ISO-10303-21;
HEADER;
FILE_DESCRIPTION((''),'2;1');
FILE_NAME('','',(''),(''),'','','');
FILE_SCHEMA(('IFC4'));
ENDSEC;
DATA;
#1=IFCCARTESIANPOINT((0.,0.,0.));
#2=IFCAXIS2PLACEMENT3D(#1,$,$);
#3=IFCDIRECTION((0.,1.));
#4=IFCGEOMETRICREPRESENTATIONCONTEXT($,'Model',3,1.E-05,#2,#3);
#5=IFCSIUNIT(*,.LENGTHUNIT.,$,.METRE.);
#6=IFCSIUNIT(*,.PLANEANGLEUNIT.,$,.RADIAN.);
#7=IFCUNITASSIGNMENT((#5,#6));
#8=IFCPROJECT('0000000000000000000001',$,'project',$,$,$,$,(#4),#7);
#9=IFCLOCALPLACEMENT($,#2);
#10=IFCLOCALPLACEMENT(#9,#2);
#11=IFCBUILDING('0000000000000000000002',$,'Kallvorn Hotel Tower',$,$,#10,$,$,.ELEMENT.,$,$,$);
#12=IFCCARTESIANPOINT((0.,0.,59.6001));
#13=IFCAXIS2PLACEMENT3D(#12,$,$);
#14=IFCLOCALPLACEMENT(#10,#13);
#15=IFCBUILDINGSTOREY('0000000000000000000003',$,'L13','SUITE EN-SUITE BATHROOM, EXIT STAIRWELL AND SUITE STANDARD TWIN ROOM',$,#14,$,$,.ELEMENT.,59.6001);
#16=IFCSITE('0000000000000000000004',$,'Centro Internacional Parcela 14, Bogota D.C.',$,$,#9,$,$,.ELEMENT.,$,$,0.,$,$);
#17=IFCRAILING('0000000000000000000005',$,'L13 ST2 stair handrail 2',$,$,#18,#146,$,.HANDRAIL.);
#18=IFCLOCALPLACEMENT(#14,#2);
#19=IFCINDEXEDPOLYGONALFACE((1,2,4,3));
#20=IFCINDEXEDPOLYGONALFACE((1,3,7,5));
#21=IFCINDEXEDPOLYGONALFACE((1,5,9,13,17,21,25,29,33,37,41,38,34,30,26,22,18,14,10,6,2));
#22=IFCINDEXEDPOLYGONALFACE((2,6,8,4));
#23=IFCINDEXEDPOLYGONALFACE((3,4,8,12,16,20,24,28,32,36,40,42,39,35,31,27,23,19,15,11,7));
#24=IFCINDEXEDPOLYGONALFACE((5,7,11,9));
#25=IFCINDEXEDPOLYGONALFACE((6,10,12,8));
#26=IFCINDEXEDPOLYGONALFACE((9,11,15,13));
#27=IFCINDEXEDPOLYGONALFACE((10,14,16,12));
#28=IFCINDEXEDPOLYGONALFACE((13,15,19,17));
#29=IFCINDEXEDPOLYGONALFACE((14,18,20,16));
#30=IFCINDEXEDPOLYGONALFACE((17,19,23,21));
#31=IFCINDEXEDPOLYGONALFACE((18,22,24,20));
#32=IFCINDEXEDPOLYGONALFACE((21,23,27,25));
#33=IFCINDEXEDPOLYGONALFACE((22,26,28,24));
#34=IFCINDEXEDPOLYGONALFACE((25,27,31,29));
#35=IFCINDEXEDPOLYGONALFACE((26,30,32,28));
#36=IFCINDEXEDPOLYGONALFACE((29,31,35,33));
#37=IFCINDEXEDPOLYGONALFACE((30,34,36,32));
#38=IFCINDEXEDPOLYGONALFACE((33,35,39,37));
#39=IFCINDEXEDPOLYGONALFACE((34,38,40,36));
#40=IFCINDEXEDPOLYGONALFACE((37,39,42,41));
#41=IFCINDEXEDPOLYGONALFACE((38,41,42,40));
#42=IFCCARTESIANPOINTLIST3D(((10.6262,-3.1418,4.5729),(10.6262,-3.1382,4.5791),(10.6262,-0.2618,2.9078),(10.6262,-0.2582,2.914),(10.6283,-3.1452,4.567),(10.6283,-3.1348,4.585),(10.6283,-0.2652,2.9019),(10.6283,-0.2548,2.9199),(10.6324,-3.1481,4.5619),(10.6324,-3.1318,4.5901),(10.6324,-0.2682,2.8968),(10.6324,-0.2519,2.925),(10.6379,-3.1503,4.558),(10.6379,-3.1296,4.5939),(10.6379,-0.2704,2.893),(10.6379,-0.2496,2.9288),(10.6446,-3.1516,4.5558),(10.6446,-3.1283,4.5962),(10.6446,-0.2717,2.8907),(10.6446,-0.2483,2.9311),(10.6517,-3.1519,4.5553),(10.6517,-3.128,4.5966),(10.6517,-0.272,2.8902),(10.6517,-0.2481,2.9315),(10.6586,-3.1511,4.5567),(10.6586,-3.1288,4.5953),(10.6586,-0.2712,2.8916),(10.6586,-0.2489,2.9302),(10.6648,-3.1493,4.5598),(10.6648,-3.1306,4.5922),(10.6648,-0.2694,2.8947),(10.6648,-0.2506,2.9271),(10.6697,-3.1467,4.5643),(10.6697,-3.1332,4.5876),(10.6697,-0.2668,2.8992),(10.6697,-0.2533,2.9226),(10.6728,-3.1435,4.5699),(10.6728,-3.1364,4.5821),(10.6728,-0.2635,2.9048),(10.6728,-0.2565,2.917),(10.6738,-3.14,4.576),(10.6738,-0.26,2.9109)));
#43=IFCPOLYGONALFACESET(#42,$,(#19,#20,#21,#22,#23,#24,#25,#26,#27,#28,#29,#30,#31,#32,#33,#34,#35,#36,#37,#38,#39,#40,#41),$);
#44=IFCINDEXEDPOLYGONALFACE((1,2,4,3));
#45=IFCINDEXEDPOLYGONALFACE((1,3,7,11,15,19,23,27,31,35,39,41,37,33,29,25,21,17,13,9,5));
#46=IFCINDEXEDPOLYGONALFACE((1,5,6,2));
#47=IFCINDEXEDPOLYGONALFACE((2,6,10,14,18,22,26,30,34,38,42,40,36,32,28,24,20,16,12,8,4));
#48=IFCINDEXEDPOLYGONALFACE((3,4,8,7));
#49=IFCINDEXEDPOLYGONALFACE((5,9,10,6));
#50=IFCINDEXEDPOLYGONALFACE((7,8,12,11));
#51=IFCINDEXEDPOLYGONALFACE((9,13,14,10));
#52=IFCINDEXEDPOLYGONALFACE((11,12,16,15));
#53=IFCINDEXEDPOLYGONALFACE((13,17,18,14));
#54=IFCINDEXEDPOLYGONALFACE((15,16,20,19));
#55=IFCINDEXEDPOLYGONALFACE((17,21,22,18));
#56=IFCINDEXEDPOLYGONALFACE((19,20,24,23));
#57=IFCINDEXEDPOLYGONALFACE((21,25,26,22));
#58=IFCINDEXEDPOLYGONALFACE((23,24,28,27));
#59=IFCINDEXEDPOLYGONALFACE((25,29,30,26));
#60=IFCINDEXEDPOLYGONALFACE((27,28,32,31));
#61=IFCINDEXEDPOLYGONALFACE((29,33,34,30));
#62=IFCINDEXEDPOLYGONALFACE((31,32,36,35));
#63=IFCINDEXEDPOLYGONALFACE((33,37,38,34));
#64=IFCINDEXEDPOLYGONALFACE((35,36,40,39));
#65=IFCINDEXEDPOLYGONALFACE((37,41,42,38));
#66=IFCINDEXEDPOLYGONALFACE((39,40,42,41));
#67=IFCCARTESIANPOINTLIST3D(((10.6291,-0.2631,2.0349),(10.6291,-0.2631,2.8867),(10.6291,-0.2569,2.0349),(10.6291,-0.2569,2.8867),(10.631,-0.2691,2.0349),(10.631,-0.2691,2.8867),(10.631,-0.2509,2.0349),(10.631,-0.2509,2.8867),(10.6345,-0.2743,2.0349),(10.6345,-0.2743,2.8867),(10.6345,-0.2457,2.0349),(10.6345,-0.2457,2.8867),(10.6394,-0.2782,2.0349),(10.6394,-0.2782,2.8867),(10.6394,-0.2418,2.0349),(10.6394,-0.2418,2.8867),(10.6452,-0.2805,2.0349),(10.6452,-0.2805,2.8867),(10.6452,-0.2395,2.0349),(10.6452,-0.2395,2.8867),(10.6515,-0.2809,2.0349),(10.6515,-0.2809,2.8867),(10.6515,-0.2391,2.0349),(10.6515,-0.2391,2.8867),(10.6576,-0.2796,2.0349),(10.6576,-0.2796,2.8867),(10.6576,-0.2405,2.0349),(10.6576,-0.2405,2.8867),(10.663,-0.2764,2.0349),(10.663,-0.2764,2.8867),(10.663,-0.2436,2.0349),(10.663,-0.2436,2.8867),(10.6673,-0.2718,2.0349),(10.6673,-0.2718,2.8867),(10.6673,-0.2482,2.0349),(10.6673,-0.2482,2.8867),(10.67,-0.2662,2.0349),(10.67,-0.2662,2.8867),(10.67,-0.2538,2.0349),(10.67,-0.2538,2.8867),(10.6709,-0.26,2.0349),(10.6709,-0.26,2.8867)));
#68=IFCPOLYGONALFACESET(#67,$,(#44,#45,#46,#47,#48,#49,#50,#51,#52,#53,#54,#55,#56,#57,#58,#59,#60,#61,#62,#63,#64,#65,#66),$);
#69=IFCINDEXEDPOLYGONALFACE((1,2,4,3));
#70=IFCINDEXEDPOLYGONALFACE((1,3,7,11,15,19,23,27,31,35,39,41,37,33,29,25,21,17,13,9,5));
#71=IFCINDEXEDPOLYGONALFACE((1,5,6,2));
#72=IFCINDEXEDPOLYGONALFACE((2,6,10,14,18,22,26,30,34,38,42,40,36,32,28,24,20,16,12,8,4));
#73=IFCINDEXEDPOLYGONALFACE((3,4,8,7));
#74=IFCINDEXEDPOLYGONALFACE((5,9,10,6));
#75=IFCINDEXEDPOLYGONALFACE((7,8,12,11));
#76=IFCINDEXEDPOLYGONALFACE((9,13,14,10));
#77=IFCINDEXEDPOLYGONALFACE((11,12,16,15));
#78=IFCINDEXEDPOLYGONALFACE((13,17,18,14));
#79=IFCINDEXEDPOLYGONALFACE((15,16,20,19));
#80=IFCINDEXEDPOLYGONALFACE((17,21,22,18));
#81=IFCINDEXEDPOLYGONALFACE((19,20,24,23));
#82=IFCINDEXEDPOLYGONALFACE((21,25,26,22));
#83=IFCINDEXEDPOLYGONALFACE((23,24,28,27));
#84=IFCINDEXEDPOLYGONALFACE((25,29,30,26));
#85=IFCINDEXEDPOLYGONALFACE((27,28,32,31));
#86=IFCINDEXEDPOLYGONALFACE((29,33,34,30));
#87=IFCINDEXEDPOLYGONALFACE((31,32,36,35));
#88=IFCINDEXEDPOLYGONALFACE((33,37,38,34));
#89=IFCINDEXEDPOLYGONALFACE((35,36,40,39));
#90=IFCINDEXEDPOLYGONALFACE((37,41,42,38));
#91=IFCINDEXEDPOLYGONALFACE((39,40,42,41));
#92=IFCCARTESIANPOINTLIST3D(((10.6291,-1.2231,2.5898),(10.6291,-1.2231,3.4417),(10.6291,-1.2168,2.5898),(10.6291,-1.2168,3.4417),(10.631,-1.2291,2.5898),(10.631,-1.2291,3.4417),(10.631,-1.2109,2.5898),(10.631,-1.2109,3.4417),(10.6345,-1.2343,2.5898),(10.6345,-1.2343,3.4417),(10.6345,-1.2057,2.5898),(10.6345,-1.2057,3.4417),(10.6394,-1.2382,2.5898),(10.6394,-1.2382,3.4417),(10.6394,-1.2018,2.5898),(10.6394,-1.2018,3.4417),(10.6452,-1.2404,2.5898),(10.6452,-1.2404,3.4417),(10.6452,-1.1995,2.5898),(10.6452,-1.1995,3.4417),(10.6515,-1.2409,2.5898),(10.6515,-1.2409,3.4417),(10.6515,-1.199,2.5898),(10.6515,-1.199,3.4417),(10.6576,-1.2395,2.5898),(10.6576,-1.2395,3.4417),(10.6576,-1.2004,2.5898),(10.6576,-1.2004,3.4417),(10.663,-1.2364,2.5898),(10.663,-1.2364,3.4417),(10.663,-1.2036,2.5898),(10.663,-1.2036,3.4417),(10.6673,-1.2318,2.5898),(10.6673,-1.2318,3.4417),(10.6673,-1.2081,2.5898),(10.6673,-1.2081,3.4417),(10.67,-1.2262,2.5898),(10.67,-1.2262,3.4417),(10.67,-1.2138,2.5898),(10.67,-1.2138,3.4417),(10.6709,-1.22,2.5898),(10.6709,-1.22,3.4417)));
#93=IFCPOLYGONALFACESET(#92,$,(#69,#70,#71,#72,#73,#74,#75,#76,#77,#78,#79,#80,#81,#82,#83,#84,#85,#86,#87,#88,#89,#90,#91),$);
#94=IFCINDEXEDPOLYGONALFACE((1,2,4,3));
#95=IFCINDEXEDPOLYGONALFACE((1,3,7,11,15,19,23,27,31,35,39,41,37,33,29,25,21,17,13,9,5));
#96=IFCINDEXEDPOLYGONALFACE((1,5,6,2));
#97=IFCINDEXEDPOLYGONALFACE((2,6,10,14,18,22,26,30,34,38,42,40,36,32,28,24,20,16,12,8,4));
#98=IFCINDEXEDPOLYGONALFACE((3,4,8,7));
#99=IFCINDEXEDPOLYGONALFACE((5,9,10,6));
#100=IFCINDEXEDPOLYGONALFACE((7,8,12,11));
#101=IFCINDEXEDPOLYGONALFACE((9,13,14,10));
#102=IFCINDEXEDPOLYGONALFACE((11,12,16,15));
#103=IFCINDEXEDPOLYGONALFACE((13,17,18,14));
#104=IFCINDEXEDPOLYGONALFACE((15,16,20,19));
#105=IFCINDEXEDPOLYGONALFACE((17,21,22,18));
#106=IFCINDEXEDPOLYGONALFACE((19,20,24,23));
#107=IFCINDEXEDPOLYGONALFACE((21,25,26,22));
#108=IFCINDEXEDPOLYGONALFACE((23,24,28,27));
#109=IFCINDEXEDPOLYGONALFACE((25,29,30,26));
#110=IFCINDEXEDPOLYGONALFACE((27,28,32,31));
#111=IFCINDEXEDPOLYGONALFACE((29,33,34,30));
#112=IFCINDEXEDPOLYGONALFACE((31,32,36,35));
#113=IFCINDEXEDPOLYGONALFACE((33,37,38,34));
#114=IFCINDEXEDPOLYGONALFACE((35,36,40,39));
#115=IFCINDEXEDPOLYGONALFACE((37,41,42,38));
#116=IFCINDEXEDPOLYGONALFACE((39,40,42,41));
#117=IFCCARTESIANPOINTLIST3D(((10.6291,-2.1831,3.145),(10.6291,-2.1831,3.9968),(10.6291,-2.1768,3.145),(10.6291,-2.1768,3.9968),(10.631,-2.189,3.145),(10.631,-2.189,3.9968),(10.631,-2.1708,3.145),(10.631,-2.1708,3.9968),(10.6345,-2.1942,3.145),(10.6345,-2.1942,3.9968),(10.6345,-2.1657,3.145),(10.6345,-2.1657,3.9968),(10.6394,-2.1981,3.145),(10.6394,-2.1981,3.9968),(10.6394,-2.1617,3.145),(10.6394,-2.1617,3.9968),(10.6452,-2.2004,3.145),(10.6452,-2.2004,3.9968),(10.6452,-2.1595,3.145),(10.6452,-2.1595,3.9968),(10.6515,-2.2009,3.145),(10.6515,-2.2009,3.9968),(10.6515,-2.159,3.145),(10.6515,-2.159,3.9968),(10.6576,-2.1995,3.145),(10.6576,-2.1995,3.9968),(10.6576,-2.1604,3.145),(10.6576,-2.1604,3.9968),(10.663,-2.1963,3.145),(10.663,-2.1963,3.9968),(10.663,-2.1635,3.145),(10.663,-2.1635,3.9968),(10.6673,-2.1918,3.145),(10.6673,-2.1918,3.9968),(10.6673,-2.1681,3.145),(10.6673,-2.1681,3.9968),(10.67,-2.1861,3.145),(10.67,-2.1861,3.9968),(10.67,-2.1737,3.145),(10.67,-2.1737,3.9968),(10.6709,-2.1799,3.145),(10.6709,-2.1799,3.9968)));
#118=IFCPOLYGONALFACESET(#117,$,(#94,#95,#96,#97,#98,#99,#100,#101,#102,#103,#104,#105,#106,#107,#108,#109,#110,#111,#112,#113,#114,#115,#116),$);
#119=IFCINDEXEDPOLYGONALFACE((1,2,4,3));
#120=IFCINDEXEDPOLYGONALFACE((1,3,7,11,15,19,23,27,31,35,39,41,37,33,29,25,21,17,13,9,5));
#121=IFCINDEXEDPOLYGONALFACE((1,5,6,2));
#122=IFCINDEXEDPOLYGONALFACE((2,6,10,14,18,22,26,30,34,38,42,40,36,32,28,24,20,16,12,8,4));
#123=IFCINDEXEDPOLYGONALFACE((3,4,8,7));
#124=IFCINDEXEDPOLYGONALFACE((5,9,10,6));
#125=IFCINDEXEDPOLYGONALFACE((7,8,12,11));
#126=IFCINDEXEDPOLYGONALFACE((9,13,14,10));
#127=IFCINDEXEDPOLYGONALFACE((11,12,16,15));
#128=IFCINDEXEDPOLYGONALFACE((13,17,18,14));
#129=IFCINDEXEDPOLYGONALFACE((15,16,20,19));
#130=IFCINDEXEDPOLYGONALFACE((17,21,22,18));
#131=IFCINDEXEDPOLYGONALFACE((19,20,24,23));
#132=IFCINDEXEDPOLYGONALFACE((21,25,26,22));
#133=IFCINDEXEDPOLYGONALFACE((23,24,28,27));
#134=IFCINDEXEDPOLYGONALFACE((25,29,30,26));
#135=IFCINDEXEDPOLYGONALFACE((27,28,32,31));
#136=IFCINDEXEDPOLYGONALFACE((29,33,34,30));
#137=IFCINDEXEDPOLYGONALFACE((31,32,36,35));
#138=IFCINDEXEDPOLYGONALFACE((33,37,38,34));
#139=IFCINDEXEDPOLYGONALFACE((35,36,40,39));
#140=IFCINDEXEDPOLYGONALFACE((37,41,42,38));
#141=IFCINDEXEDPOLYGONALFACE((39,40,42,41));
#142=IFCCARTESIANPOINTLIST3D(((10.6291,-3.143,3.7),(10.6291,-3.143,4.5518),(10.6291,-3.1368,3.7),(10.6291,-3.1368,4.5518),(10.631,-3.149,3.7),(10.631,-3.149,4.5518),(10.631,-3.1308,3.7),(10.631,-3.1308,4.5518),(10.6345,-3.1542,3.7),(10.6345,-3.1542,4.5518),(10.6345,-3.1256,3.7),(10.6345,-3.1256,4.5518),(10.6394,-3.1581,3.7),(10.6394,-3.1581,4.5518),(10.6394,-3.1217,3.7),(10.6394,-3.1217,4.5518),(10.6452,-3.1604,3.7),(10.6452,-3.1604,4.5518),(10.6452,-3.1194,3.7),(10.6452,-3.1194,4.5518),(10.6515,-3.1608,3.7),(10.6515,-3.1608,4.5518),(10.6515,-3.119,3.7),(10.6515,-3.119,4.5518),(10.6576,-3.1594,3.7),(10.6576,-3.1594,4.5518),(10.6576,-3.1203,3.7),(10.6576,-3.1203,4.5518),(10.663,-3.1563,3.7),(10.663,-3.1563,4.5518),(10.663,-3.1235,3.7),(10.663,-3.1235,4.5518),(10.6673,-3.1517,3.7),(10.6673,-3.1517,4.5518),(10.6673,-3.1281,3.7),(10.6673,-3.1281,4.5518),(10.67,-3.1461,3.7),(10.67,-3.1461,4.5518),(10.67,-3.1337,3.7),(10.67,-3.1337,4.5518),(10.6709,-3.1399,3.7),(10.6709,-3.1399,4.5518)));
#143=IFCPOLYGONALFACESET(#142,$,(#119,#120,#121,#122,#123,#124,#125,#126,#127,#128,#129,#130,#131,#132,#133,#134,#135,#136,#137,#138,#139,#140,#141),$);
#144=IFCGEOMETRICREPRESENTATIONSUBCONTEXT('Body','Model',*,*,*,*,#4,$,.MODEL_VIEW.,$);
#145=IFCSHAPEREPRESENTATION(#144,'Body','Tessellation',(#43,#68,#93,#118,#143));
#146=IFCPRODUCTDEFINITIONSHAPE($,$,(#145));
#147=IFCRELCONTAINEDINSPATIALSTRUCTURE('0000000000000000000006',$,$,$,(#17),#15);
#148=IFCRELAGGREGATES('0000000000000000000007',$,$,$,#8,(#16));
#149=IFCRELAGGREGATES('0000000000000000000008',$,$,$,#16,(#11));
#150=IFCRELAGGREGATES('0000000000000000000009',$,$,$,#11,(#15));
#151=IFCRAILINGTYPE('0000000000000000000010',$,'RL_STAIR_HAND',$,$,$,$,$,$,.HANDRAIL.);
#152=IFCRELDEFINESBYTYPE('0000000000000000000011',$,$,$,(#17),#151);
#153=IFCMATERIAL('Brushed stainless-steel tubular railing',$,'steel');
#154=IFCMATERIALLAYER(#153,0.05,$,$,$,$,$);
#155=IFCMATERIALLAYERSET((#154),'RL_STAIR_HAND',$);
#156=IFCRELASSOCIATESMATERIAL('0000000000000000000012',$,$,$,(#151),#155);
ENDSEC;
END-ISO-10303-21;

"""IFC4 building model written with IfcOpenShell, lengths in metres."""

from ifc_helpers import new_model, si_unit, direction, frame, origin, origin_2d, place, context, subcontext, project, spatial, circle, extrude, material, layer, layer_set, type_object, element, save


model = new_model("IFC4")

# Units and contexts
model_context = context("Model", 3, precision=1e-05, world=origin(), true_north=direction((0.0, 1.0)))
body_context = subcontext(model_context, "Body", "Model", "MODEL_VIEW")
ifc_project = project(units=[si_unit("LENGTHUNIT", "METRE"), si_unit("PLANEANGLEUNIT", "RADIAN")], contexts=[model_context])

# Site, building, storey
site_placement = place(None, origin())
site = spatial("IfcSite", under=ifc_project, at=site_placement, Name="Centro Internacional Parcela 14, Bogota D.C.", CompositionType="ELEMENT", RefElevation=0.0)
building_placement = place(site_placement, origin())
building = spatial("IfcBuilding", under=site, at=building_placement, Name="Kallvorn Hotel Tower", CompositionType="ELEMENT")
storey_placement = place(building_placement, frame((0.0, 0.0, 59.6001)))
storey = spatial("IfcBuildingStorey", under=building, at=storey_placement, Name="L13", Description="SUITE EN-SUITE BATHROOM, EXIT STAIRWELL AND SUITE STANDARD TWIN ROOM", CompositionType="ELEMENT", Elevation=59.6001)

# Railing
ifc_material_1 = material(Name="Brushed stainless-steel tubular railing", Category="steel")
ifc_layer_1 = layer(ifc_material_1, 0.05)
ifc_layer_set_1 = layer_set([ifc_layer_1], Name="RL_STAIR_HAND")
railing_type_1 = type_object("IfcRailingType", Name="RL_STAIR_HAND", PredefinedType="HANDRAIL", material=ifc_layer_set_1)
railing_1_placement = place(storey_placement, frame((10.6499, -0.26, 2.0349)))
element("IfcRailing", 1, at=railing_1_placement, inside=storey, type_object=railing_type_1, Name="L13 ST2 stair handrail 2", PredefinedType="HANDRAIL", context=body_context, shape_type="SweptSolid", body=[
    extrude(circle(Radius=0.0239, at=origin_2d()), frame((0.0, 0.0, 0.876), z_axis=(0.0, -0.865721, 0.500527), x_axis=(1.0, 0.0, 0.0)), (0.0, 0.0, 1.0), 3.3267),
    extrude(circle(Radius=0.021, at=origin_2d()), origin(), (0.0, 0.0, 1.0), 0.8518),
    extrude(circle(Radius=0.021, at=origin_2d()), frame((0.0, -0.96, 0.5549)), (0.0, 0.0, 1.0), 0.8518),
    extrude(circle(Radius=0.021, at=origin_2d()), frame((0.0, -1.9199, 1.1101)), (0.0, 0.0, 1.0), 0.8518),
    extrude(circle(Radius=0.021, at=origin_2d()), frame((0.0, -2.8799, 1.665)), (0.0, 0.0, 1.0), 0.8518),
])

save(model, "model.ifc")
